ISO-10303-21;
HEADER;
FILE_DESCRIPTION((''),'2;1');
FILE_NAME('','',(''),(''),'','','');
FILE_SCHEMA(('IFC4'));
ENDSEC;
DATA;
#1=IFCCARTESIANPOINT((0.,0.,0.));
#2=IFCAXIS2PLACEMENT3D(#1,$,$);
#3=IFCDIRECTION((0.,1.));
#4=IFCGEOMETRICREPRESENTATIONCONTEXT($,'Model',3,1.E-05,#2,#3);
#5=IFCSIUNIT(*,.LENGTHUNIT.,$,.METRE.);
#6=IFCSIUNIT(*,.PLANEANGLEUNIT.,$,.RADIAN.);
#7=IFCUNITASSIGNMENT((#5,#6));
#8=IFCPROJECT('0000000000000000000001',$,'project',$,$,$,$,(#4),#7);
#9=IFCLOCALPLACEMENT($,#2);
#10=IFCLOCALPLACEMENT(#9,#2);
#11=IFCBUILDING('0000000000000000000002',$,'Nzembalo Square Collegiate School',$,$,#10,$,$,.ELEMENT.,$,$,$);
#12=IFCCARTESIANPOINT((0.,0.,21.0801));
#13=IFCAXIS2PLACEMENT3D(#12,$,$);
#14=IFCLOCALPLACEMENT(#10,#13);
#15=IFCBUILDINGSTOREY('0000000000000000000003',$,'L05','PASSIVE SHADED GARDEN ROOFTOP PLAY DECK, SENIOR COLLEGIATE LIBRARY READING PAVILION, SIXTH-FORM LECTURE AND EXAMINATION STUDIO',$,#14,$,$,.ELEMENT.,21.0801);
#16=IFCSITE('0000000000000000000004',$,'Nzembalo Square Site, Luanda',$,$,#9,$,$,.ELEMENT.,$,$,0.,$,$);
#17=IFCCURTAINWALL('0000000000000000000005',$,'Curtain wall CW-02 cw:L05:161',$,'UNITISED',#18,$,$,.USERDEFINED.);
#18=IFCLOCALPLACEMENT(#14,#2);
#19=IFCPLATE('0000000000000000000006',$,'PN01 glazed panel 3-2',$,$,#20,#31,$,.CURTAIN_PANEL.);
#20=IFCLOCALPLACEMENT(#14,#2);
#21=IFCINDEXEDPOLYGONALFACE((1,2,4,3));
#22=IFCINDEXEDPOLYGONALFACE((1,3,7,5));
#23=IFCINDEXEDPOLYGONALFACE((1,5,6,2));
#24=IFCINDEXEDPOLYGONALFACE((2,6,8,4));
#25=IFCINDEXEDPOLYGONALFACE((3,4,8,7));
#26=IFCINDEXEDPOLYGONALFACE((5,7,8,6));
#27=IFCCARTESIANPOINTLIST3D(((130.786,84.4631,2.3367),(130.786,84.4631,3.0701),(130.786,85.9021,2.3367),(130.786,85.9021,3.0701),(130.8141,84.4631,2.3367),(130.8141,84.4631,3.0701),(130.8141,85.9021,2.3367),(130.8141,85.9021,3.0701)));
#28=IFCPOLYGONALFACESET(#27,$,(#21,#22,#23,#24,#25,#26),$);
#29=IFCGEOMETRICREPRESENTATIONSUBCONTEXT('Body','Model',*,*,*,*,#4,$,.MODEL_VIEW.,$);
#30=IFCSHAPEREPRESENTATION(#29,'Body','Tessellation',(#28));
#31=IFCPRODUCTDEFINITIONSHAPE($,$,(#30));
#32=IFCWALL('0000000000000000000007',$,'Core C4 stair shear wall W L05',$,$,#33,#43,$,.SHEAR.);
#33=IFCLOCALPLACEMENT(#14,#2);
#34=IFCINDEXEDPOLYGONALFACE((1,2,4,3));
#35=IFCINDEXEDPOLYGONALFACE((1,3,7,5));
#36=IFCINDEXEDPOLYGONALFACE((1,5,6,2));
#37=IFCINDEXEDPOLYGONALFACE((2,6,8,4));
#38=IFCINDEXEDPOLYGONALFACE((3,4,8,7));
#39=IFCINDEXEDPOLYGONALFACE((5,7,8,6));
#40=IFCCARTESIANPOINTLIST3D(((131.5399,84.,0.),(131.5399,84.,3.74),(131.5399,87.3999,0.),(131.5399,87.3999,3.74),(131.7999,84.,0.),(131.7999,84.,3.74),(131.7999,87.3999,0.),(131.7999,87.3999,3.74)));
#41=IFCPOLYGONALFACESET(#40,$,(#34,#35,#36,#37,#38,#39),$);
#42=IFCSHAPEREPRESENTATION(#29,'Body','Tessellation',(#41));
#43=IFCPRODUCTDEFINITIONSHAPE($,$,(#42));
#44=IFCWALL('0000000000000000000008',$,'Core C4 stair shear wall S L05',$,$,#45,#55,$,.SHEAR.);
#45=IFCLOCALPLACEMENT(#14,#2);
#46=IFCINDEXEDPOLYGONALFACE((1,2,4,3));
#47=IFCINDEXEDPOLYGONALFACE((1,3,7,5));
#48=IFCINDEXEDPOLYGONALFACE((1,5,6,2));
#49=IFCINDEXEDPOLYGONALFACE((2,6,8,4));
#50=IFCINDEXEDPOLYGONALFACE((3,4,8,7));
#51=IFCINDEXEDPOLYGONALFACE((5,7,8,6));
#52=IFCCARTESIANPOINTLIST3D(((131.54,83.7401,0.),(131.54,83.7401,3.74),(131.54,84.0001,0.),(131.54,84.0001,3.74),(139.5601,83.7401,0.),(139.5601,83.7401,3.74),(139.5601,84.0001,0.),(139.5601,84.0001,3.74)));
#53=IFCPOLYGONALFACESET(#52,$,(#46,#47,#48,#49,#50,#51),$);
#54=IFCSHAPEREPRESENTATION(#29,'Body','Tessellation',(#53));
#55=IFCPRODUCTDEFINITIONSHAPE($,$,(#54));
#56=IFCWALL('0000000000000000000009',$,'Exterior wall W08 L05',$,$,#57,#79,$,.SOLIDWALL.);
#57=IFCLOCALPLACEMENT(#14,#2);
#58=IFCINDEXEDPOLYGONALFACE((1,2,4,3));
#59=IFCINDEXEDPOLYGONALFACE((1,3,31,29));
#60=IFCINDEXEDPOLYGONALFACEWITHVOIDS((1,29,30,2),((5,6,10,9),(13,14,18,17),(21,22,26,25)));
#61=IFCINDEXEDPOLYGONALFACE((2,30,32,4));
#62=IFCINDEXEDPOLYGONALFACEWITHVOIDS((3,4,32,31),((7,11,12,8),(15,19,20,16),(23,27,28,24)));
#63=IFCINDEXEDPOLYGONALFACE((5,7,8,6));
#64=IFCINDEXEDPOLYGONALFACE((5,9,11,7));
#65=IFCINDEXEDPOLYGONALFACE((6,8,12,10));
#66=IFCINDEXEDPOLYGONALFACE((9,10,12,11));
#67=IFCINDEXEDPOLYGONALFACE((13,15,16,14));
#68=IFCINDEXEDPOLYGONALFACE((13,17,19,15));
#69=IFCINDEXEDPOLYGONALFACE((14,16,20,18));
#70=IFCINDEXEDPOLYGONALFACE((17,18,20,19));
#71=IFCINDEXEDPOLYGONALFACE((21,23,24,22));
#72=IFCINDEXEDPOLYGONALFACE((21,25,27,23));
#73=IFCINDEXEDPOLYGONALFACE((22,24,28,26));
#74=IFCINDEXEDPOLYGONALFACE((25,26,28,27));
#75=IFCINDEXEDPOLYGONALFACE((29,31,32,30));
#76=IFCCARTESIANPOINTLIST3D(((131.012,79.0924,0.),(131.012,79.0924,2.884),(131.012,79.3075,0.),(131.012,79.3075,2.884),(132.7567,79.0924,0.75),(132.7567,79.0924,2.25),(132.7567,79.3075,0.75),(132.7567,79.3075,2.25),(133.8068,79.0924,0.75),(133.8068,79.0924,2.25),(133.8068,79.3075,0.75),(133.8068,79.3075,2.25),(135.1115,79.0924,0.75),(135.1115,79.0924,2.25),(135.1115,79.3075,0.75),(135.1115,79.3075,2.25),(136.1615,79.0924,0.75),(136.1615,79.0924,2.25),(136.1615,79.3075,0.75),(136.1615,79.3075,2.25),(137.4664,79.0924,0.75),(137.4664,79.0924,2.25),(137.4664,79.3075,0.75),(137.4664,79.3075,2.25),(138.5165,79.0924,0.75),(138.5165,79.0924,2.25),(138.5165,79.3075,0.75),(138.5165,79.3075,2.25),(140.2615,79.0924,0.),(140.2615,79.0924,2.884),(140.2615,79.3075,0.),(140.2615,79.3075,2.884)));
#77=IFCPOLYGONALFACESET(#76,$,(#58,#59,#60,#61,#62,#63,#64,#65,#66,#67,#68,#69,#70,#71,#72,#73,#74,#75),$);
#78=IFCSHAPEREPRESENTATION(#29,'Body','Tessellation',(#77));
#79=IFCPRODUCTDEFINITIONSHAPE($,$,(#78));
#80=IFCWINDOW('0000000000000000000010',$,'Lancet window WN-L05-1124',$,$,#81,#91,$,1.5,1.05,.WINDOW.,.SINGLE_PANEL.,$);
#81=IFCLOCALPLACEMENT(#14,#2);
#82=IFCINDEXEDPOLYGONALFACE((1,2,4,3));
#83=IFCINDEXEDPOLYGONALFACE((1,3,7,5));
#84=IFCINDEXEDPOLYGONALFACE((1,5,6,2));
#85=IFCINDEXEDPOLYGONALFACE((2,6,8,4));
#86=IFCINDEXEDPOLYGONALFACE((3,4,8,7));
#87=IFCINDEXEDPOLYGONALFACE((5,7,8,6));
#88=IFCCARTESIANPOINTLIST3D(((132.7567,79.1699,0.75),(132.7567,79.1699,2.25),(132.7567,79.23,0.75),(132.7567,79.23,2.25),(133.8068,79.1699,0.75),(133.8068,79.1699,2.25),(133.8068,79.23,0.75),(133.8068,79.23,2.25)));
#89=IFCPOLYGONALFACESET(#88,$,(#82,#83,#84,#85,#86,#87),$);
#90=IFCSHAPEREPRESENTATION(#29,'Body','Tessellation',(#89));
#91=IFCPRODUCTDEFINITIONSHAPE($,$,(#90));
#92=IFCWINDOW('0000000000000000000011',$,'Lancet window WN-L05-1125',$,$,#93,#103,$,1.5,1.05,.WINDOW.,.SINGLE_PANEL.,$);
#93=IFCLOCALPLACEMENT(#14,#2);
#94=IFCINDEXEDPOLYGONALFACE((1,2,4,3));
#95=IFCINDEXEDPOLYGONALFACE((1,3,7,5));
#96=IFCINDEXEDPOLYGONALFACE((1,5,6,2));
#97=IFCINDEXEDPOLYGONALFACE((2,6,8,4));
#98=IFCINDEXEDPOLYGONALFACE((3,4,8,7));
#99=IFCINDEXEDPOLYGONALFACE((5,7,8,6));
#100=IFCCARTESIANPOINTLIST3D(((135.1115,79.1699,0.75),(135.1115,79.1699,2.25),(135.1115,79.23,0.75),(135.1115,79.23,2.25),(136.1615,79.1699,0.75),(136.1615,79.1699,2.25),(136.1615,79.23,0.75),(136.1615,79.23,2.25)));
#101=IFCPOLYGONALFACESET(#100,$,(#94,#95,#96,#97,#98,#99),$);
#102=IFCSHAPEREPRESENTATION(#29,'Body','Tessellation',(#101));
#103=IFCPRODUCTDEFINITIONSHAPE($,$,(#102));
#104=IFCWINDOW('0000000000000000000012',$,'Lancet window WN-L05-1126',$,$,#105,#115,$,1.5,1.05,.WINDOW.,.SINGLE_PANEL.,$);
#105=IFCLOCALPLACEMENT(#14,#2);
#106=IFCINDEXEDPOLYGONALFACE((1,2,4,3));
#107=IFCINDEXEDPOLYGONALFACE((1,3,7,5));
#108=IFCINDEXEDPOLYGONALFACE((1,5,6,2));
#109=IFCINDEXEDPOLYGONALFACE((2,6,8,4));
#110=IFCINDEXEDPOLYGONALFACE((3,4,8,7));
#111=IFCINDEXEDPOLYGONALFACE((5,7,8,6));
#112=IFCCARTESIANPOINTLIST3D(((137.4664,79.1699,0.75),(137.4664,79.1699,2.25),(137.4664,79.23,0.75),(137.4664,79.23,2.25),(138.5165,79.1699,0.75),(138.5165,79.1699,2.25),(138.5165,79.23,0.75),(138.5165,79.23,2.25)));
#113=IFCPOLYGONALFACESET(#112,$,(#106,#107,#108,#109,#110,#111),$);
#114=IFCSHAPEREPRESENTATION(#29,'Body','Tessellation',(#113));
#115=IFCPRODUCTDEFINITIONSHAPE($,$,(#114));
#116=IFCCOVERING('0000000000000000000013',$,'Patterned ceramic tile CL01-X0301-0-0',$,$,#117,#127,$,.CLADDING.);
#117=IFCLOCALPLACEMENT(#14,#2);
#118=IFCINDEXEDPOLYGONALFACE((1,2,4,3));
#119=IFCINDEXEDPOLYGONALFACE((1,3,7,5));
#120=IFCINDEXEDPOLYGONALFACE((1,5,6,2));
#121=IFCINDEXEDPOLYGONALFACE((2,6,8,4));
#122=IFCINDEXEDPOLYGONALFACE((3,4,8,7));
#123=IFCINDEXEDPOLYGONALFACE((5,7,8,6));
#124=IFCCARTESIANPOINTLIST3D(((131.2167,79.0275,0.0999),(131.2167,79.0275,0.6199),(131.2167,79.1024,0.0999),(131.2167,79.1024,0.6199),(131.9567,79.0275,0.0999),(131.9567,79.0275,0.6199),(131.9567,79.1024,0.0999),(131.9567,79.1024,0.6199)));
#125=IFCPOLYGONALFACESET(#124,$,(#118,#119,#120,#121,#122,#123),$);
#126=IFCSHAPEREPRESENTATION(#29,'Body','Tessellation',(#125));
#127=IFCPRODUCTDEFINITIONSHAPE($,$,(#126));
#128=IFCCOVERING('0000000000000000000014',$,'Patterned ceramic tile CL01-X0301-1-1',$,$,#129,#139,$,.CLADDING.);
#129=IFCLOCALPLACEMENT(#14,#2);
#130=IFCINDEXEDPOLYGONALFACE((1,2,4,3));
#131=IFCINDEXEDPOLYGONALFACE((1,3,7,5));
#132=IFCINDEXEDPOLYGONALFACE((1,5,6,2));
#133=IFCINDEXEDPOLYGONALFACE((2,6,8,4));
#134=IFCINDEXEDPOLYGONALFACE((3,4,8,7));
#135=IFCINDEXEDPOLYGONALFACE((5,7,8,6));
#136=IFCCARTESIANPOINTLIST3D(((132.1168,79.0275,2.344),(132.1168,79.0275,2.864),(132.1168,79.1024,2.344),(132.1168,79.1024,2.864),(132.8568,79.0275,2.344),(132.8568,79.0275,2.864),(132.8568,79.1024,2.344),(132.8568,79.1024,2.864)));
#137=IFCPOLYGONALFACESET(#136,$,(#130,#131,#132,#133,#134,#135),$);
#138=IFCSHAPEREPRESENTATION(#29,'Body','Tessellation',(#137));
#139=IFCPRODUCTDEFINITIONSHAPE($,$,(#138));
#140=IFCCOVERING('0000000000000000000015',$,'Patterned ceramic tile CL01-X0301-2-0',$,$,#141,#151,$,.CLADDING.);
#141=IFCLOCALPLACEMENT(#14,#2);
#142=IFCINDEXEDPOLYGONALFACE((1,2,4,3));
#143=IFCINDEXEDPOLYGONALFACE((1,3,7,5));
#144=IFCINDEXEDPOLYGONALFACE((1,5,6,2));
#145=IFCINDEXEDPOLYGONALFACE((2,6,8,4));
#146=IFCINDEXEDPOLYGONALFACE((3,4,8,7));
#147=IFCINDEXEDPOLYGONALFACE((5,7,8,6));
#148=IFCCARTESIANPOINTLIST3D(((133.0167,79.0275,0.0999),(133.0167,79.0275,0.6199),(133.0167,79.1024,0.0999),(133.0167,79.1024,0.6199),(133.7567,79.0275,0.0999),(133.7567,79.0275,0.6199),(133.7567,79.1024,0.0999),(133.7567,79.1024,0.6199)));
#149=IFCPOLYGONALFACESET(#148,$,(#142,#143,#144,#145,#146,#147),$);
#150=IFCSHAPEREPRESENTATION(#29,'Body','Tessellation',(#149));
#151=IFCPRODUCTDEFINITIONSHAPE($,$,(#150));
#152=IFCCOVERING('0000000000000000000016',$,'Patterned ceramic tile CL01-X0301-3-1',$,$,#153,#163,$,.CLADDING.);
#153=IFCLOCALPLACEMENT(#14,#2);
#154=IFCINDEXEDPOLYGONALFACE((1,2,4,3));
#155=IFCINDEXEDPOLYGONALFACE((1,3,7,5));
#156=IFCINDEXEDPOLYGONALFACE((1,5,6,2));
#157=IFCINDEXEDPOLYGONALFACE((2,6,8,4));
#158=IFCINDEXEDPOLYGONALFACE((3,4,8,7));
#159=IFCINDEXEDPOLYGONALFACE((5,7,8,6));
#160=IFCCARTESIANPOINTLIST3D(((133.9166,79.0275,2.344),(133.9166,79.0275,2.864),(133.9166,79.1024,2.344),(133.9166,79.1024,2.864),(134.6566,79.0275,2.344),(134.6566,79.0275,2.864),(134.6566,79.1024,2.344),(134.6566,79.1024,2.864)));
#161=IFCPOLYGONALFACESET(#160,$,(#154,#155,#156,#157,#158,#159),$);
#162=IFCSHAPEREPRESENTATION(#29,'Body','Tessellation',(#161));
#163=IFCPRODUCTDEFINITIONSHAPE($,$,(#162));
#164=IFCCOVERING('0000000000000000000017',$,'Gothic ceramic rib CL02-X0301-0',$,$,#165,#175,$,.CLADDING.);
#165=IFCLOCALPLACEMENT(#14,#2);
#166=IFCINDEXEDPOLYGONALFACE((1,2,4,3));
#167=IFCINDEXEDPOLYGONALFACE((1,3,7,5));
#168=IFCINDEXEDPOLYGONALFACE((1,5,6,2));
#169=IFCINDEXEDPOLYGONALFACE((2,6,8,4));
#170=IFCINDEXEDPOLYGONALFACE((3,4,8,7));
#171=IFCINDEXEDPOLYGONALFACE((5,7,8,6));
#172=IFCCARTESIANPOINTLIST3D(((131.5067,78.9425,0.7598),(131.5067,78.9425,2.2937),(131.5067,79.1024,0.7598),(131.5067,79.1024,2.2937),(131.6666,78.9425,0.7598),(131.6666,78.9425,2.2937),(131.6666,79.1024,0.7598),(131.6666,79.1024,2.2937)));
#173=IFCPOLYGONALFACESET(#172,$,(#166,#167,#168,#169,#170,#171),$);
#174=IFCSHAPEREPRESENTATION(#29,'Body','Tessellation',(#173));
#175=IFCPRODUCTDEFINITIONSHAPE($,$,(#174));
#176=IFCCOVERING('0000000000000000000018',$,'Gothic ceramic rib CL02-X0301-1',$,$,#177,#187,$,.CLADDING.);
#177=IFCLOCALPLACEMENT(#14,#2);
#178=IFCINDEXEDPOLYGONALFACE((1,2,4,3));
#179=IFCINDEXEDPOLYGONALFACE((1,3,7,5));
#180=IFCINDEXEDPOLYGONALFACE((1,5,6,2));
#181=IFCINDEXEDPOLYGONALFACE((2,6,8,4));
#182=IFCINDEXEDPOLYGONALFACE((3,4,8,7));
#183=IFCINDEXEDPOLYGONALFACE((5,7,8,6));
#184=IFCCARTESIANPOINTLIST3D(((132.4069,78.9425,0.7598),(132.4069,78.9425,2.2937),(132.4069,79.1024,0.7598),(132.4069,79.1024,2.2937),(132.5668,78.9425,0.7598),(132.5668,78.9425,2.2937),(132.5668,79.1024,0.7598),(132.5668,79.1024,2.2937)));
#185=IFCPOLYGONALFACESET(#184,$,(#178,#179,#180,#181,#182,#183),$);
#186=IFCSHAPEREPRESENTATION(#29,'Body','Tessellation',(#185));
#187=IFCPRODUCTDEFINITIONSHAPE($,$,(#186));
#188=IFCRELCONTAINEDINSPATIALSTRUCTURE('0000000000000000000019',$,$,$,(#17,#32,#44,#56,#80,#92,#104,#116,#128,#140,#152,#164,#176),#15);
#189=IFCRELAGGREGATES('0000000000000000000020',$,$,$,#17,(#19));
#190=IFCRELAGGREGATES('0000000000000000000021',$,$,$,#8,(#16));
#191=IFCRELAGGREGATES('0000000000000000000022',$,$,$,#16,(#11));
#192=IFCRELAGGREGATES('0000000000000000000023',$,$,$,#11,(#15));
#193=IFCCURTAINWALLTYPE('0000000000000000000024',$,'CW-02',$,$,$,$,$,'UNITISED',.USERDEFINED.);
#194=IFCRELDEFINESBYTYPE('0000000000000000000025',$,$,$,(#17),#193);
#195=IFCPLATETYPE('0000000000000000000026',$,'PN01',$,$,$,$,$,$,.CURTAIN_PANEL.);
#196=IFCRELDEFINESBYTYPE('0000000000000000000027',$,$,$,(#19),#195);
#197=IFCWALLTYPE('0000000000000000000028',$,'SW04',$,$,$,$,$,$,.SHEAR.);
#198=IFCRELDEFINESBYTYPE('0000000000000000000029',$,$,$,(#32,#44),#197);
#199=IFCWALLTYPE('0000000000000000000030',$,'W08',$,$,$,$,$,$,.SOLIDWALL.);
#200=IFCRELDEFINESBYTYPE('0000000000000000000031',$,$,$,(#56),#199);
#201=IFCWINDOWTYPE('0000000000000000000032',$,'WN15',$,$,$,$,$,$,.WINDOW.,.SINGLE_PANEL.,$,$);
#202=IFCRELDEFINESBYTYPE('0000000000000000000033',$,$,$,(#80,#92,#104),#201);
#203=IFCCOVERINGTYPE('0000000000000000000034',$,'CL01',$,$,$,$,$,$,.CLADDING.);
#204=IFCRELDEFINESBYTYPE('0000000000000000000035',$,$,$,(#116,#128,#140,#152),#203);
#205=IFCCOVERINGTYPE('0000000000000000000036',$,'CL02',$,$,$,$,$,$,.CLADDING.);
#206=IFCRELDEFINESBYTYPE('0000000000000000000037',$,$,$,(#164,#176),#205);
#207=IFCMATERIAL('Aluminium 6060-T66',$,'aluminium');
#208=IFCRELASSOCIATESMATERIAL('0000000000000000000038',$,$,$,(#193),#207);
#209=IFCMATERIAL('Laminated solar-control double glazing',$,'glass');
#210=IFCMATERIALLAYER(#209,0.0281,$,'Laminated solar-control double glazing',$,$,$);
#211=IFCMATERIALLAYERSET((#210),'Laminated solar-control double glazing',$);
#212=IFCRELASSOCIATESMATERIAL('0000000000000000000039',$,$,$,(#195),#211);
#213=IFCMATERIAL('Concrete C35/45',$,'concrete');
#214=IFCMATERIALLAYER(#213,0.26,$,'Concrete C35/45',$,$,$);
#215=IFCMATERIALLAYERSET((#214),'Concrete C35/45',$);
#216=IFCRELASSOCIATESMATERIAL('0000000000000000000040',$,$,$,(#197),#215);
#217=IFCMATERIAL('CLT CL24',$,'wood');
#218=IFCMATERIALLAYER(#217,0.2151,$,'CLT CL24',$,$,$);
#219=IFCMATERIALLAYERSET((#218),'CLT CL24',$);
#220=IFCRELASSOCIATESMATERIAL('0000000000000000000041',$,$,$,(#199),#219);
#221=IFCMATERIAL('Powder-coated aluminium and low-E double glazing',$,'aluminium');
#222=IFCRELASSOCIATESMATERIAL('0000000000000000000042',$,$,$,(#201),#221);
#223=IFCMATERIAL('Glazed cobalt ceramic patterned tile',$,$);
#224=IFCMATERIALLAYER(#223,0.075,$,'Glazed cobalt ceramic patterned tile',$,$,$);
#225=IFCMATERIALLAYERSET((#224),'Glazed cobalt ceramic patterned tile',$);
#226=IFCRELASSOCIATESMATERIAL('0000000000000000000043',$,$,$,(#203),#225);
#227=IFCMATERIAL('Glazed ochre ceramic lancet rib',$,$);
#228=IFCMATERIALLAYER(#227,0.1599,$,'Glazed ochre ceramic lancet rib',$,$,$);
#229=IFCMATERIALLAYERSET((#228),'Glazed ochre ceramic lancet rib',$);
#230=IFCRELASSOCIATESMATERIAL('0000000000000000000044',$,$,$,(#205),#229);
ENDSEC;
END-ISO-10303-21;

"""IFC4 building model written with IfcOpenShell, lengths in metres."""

from ifc_helpers import new_model, si_unit, direction, frame, frame_2d, origin, origin_2d, place, context, subcontext, project, spatial, rectangle, extrude, material, layer, layer_set, type_object, element, fill, aggregate, save


model = new_model("IFC4")

# Units and contexts
model_context = context("Model", 3, precision=1e-05, world=origin(), true_north=direction((0.0, 1.0)))
body_context = subcontext(model_context, "Body", "Model", "MODEL_VIEW")
ifc_project = project(units=[si_unit("LENGTHUNIT", "METRE"), si_unit("PLANEANGLEUNIT", "RADIAN")], contexts=[model_context])

# Site, building, storey
site_placement = place(None, origin())
site = spatial("IfcSite", under=ifc_project, at=site_placement, Name="Nzembalo Square Site, Luanda", CompositionType="ELEMENT", RefElevation=0.0)
building_placement = place(site_placement, origin())
building = spatial("IfcBuilding", under=site, at=building_placement, Name="Nzembalo Square Collegiate School", CompositionType="ELEMENT")
storey_placement = place(building_placement, frame((0.0, 0.0, 21.0801)))
storey = spatial("IfcBuildingStorey", under=building, at=storey_placement, Name="L05", Description="PASSIVE SHADED GARDEN ROOFTOP PLAY DECK, SENIOR COLLEGIATE LIBRARY READING PAVILION, SIXTH-FORM LECTURE AND EXAMINATION STUDIO", CompositionType="ELEMENT", Elevation=21.0801)

# Curtain wall, plate
ifc_material_1 = material(Name="Aluminium 6060-T66", Category="aluminium")
curtain_wall_type = type_object("IfcCurtainWallType", Name="CW-02", ElementType="UNITISED", PredefinedType="USERDEFINED", material=ifc_material_1)
curtain_wall_placement = place(storey_placement, origin())
curtain_wall = element("IfcCurtainWall", 1, at=curtain_wall_placement, inside=storey, type_object=curtain_wall_type, Name="Curtain wall CW-02 cw:L05:161", ObjectType="UNITISED", PredefinedType="USERDEFINED")
ifc_material_2 = material(Name="Laminated solar-control double glazing", Category="glass")
ifc_layer_1 = layer(ifc_material_2, 0.0281, Name="Laminated solar-control double glazing")
ifc_layer_set_1 = layer_set([ifc_layer_1], Name="Laminated solar-control double glazing")
plate_type = type_object("IfcPlateType", Name="PN01", PredefinedType="CURTAIN_PANEL", material=ifc_layer_set_1)
plate_1_placement = place(storey_placement, frame((130.8, 85.1826, 2.3367), z_axis=(0.0, 0.0, 1.0), x_axis=(0.0, 1.0, 0.0)))
plate_1 = element("IfcPlate", 2, at=plate_1_placement, type_object=plate_type, Name="PN01 glazed panel 3-2", PredefinedType="CURTAIN_PANEL", context=body_context, shape_type="SweptSolid", body=[
    extrude(rectangle(XDim=1.439, YDim=0.0281, at=origin_2d()), origin(), (0.0, 0.0, 1.0), 0.7334),
])
aggregate(curtain_wall, [plate_1])

# Walls
ifc_material_3 = material(Name="Concrete C35/45", Category="concrete")
ifc_layer_2 = layer(ifc_material_3, 0.26, Name="Concrete C35/45")
ifc_layer_set_2 = layer_set([ifc_layer_2], Name="Concrete C35/45")
wall_type_1 = type_object("IfcWallType", Name="SW04", PredefinedType="SHEAR", material=ifc_layer_set_2)
wall_1_placement = place(storey_placement, frame((131.6699, 84.0, 0.0), z_axis=(0.0, 0.0, 1.0), x_axis=(0.0, 1.0, 0.0)))
element("IfcWall", 3, at=wall_1_placement, inside=storey, type_object=wall_type_1, Name="Core C4 stair shear wall W L05", PredefinedType="SHEAR", context=body_context, shape_type="SweptSolid", body=[
    extrude(rectangle(XDim=3.3999, YDim=0.26, at=frame_2d((1.7, 0.0))), origin(), (0.0, 0.0, 1.0), 3.74),
])
wall_2_placement = place(storey_placement, frame((131.54, 83.8701, 0.0), z_axis=(0.0, 0.0, 1.0), x_axis=(1.0, 0.0, 0.0)))
element("IfcWall", 4, at=wall_2_placement, inside=storey, type_object=wall_type_1, Name="Core C4 stair shear wall S L05", PredefinedType="SHEAR", context=body_context, shape_type="SweptSolid", body=[
    extrude(rectangle(XDim=8.02, YDim=0.26, at=frame_2d((4.01, 0.0))), origin(), (0.0, 0.0, 1.0), 3.74),
])

# Wall, openings, windows
ifc_material_4 = material(Name="CLT CL24", Category="wood")
ifc_layer_3 = layer(ifc_material_4, 0.2151, Name="CLT CL24")
ifc_layer_set_3 = layer_set([ifc_layer_3], Name="CLT CL24")
wall_type_2 = type_object("IfcWallType", Name="W08", PredefinedType="SOLIDWALL", material=ifc_layer_set_3)
wall_3_placement = place(storey_placement, frame((131.012, 79.2, 0.0), z_axis=(0.0, 0.0, 1.0), x_axis=(1.0, 0.0, 0.0)))
wall_3 = element("IfcWall", 5, at=wall_3_placement, inside=storey, type_object=wall_type_2, Name="Exterior wall W08 L05", PredefinedType="SOLIDWALL", context=body_context, shape_type="SweptSolid", body=[
    extrude(rectangle(XDim=9.2495, YDim=0.2151, at=frame_2d((4.6248, 0.0))), origin(), (0.0, 0.0, 1.0), 2.884),
])
opening_1_placement = place(wall_3_placement, frame((1.7449, 0.0, 0.75)))
opening_1 = element("IfcOpeningElement", 6, at=opening_1_placement, cuts=wall_3, PredefinedType="OPENING", context=body_context, shape_type="SweptSolid", body=[
    extrude(rectangle(XDim=1.05, YDim=1.5, at=frame_2d((0.5249, 0.75))), frame((0.0, 0.1177, 0.0), z_axis=(0.0, -1.0, 0.0), x_axis=(1.0, 0.0, 0.0)), (0.0, 0.0, 1.0), 0.2351),
])
opening_2_placement = place(wall_3_placement, frame((4.0996, 0.0, 0.75)))
opening_2 = element("IfcOpeningElement", 7, at=opening_2_placement, cuts=wall_3, PredefinedType="OPENING", context=body_context, shape_type="SweptSolid", body=[
    extrude(rectangle(XDim=1.05, YDim=1.5, at=frame_2d((0.5249, 0.75))), frame((0.0, 0.1177, 0.0), z_axis=(0.0, -1.0, 0.0), x_axis=(1.0, 0.0, 0.0)), (0.0, 0.0, 1.0), 0.2351),
])
opening_3_placement = place(wall_3_placement, frame((6.4546, 0.0, 0.75)))
opening_3 = element("IfcOpeningElement", 8, at=opening_3_placement, cuts=wall_3, PredefinedType="OPENING", context=body_context, shape_type="SweptSolid", body=[
    extrude(rectangle(XDim=1.05, YDim=1.5, at=frame_2d((0.5249, 0.75))), frame((0.0, 0.1177, 0.0), z_axis=(0.0, -1.0, 0.0), x_axis=(1.0, 0.0, 0.0)), (0.0, 0.0, 1.0), 0.2351),
])
ifc_material_5 = material(Name="Powder-coated aluminium and low-E double glazing", Category="aluminium")
window_type = type_object("IfcWindowType", Name="WN15", PartitioningType="SINGLE_PANEL", PredefinedType="WINDOW", material=ifc_material_5)
window_1_placement = place(opening_1_placement, origin())
window_1 = element("IfcWindow", 9, at=window_1_placement, inside=storey, type_object=window_type, Name="Lancet window WN-L05-1124", OverallHeight=1.5, OverallWidth=1.05, PartitioningType="SINGLE_PANEL", PredefinedType="WINDOW", context=body_context, shape_type="SweptSolid", body=[
    extrude(rectangle(XDim=1.05, YDim=1.5, at=frame_2d((0.5249, 0.75))), frame((0.0, 0.03, 0.0), z_axis=(0.0, -1.0, 0.0), x_axis=(1.0, 0.0, 0.0)), (0.0, 0.0, 1.0), 0.0601),
])
fill(opening_1, window_1)
window_2_placement = place(opening_2_placement, origin())
window_2 = element("IfcWindow", 10, at=window_2_placement, inside=storey, type_object=window_type, Name="Lancet window WN-L05-1125", OverallHeight=1.5, OverallWidth=1.05, PartitioningType="SINGLE_PANEL", PredefinedType="WINDOW", context=body_context, shape_type="SweptSolid", body=[
    extrude(rectangle(XDim=1.05, YDim=1.5, at=frame_2d((0.5249, 0.75))), frame((0.0, 0.03, 0.0), z_axis=(0.0, -1.0, 0.0), x_axis=(1.0, 0.0, 0.0)), (0.0, 0.0, 1.0), 0.0601),
])
fill(opening_2, window_2)
window_3_placement = place(opening_3_placement, origin())
window_3 = element("IfcWindow", 11, at=window_3_placement, inside=storey, type_object=window_type, Name="Lancet window WN-L05-1126", OverallHeight=1.5, OverallWidth=1.05, PartitioningType="SINGLE_PANEL", PredefinedType="WINDOW", context=body_context, shape_type="SweptSolid", body=[
    extrude(rectangle(XDim=1.05, YDim=1.5, at=frame_2d((0.5249, 0.75))), frame((0.0, 0.03, 0.0), z_axis=(0.0, -1.0, 0.0), x_axis=(1.0, 0.0, 0.0)), (0.0, 0.0, 1.0), 0.0601),
])
fill(opening_3, window_3)

# Coverings
ifc_material_6 = material(Name="Glazed cobalt ceramic patterned tile")
ifc_layer_4 = layer(ifc_material_6, 0.075, Name="Glazed cobalt ceramic patterned tile")
ifc_layer_set_4 = layer_set([ifc_layer_4], Name="Glazed cobalt ceramic patterned tile")
covering_type_1 = type_object("IfcCoveringType", Name="CL01", PredefinedType="CLADDING", material=ifc_layer_set_4)
for number, where, z_axis, x_axis, name in (
    (12, (131.5867, 79.0649, 0.0999), (0.0, 0.0, 1.0), (1.0, 0.0, 0.0), "Patterned ceramic tile CL01-X0301-0-0"),
    (13, (132.4868, 79.0649, 2.344), (0.0, 0.0, 1.0), (1.0, 0.0, 0.0), "Patterned ceramic tile CL01-X0301-1-1"),
    (14, (133.3867, 79.0649, 0.0999), (0.0, 0.0, 1.0), (1.0, 0.0, 0.0), "Patterned ceramic tile CL01-X0301-2-0"),
    (15, (134.2866, 79.0649, 2.344), (0.0, 0.0, 1.0), (1.0, 0.0, 0.0), "Patterned ceramic tile CL01-X0301-3-1"),
):
    element("IfcCovering", number, at=place(storey_placement, frame(where, z_axis=z_axis, x_axis=x_axis)), inside=storey, type_object=covering_type_1, Name=name, PredefinedType="CLADDING", context=body_context, shape_type="SweptSolid", body=[
        extrude(rectangle(XDim=0.74, YDim=0.075, at=origin_2d()), origin(), (0.0, 0.0, 1.0), 0.52),
    ])
ifc_material_7 = material(Name="Glazed ochre ceramic lancet rib")
ifc_layer_5 = layer(ifc_material_7, 0.1599, Name="Glazed ochre ceramic lancet rib")
ifc_layer_set_5 = layer_set([ifc_layer_5], Name="Glazed ochre ceramic lancet rib")
covering_type_2 = type_object("IfcCoveringType", Name="CL02", PredefinedType="CLADDING", material=ifc_layer_set_5)
for number, where, z_axis, x_axis, name in (
    (16, (131.5867, 79.0225, 0.7598), (0.0, 0.0, 1.0), (1.0, 0.0, 0.0), "Gothic ceramic rib CL02-X0301-0"),
    (17, (132.4868, 79.0225, 0.7598), (0.0, 0.0, 1.0), (1.0, 0.0, 0.0), "Gothic ceramic rib CL02-X0301-1"),
):
    element("IfcCovering", number, at=place(storey_placement, frame(where, z_axis=z_axis, x_axis=x_axis)), inside=storey, type_object=covering_type_2, Name=name, PredefinedType="CLADDING", context=body_context, shape_type="SweptSolid", body=[
        extrude(rectangle(XDim=0.1599, YDim=0.1599, at=origin_2d()), origin(), (0.0, 0.0, 1.0), 1.5339),
    ])

save(model, "model.ifc")
